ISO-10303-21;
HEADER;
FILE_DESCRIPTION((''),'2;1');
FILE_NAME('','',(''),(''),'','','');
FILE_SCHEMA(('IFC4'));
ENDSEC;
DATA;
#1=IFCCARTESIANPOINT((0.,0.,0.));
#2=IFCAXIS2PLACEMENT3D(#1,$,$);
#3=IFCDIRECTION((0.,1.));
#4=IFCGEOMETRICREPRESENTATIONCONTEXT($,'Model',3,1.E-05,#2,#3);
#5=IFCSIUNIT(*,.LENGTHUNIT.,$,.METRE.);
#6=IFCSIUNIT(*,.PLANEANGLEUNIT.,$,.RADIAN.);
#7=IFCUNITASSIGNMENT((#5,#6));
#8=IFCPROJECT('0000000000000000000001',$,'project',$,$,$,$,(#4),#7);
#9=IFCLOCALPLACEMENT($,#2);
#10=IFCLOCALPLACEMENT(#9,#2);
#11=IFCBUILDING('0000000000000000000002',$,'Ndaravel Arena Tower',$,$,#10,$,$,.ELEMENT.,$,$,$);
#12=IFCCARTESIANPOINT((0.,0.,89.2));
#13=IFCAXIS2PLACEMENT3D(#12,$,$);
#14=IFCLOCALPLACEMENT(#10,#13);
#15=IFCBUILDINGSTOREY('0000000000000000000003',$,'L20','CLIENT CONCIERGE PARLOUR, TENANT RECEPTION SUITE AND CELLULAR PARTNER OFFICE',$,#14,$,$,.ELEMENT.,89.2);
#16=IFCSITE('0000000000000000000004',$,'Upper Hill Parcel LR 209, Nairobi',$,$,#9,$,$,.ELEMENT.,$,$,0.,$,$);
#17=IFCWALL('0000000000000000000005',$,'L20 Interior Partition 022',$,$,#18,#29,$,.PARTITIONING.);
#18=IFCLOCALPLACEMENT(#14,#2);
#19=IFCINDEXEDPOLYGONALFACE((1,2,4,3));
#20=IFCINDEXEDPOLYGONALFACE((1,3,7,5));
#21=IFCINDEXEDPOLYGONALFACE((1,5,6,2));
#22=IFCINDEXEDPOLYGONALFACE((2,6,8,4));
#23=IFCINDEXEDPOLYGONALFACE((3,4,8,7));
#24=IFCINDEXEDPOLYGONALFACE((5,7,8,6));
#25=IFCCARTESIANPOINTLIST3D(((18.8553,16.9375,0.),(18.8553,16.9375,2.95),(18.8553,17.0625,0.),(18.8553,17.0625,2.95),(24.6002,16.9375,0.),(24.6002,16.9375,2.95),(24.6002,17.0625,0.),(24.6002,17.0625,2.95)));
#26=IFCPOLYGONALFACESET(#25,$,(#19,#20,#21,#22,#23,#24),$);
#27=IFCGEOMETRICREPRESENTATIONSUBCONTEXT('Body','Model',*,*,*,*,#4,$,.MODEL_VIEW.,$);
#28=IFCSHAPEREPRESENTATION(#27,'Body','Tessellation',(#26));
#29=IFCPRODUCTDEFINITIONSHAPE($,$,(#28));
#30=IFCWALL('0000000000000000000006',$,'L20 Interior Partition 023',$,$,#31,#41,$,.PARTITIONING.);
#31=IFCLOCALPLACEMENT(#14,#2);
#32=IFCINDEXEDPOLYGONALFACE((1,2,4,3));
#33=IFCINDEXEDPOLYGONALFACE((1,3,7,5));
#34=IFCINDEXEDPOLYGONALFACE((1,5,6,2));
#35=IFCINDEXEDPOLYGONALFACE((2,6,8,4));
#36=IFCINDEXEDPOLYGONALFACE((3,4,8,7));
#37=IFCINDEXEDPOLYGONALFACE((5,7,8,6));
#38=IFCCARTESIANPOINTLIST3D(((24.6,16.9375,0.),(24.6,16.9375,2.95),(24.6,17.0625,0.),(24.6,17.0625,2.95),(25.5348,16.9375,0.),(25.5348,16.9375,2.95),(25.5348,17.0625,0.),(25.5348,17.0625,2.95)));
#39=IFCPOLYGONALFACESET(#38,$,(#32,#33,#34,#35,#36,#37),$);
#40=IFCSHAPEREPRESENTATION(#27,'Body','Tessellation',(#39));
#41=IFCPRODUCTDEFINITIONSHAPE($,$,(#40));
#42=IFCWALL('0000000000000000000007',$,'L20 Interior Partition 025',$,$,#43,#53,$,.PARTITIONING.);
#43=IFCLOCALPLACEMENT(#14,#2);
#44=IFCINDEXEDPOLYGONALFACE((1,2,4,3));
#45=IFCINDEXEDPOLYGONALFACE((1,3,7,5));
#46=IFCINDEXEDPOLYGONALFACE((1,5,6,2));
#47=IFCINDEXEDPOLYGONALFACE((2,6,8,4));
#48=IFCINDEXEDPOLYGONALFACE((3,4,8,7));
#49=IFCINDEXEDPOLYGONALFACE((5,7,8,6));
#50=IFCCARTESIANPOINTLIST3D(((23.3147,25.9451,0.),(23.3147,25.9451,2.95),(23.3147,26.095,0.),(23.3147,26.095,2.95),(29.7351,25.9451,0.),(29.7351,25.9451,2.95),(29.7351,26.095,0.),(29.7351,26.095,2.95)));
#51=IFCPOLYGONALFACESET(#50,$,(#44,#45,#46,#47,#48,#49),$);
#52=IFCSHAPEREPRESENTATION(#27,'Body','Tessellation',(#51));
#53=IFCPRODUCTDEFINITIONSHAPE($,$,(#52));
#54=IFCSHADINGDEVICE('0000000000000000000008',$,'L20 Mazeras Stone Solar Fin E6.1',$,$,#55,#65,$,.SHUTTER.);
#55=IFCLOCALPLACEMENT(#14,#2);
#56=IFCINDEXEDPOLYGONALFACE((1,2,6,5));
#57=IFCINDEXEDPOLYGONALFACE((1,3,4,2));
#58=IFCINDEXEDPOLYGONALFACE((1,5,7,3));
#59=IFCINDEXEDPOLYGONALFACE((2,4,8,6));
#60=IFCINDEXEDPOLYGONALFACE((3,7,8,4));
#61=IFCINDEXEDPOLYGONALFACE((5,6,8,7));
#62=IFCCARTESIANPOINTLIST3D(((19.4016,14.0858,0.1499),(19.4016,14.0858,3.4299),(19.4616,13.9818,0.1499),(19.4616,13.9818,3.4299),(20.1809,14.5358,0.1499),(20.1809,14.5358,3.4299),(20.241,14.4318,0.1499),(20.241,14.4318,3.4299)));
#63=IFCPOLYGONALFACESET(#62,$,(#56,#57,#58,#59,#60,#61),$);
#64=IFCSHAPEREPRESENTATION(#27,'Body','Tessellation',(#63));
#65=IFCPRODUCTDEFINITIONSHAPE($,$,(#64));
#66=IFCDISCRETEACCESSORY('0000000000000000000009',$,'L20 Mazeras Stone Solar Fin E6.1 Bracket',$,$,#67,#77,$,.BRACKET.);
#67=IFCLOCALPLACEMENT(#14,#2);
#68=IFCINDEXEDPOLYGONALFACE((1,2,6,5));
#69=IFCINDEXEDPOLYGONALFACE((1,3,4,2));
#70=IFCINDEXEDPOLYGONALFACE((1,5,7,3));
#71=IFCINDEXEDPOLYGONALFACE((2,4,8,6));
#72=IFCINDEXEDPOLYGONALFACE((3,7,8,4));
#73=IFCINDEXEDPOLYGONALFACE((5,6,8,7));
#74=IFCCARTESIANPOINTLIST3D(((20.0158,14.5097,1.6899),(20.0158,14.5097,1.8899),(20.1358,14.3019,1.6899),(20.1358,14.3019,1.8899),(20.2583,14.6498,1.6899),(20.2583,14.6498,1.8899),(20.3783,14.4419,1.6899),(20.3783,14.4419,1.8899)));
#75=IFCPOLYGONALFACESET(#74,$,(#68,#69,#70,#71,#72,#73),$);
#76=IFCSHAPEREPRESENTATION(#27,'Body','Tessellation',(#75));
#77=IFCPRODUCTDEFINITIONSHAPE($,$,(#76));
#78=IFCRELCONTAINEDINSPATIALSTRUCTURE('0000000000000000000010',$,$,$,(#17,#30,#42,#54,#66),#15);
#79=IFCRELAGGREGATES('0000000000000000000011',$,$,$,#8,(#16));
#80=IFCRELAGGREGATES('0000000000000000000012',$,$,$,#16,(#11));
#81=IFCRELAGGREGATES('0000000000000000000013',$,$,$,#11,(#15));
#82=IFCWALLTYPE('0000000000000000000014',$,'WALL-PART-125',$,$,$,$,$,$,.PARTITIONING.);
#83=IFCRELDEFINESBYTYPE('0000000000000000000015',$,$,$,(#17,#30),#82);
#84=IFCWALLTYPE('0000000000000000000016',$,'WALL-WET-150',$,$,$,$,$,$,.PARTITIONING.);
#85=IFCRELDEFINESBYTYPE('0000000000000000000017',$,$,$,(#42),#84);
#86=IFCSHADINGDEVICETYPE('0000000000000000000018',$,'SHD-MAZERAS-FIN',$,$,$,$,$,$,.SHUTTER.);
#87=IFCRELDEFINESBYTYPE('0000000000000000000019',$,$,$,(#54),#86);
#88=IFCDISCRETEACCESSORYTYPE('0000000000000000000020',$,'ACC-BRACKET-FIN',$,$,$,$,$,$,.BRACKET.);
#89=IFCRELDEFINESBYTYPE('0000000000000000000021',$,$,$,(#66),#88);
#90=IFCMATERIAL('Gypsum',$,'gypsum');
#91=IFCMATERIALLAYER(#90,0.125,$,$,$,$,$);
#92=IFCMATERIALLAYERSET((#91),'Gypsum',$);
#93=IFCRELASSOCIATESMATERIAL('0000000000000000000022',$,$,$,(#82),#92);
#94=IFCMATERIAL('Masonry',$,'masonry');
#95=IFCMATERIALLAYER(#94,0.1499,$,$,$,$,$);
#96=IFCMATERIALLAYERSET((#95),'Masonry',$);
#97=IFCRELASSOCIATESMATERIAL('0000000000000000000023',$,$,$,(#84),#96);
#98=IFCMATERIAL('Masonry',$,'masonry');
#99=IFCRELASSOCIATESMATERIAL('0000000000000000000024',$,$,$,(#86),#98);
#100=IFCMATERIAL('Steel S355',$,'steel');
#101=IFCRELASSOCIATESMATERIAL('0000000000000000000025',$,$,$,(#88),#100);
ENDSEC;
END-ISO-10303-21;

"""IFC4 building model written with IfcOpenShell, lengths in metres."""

from ifc_helpers import new_model, si_unit, direction, frame, frame_2d, origin, origin_2d, place, context, subcontext, project, spatial, rectangle, extrude, material, layer, layer_set, type_object, element, save


model = new_model("IFC4")

# Units and contexts
model_context = context("Model", 3, precision=1e-05, world=origin(), true_north=direction((0.0, 1.0)))
body_context = subcontext(model_context, "Body", "Model", "MODEL_VIEW")
ifc_project = project(units=[si_unit("LENGTHUNIT", "METRE"), si_unit("PLANEANGLEUNIT", "RADIAN")], contexts=[model_context])

# Site, building, storey
site_placement = place(None, origin())
site = spatial("IfcSite", under=ifc_project, at=site_placement, Name="Upper Hill Parcel LR 209, Nairobi", CompositionType="ELEMENT", RefElevation=0.0)
building_placement = place(site_placement, origin())
building = spatial("IfcBuilding", under=site, at=building_placement, Name="Ndaravel Arena Tower", CompositionType="ELEMENT")
storey_placement = place(building_placement, frame((0.0, 0.0, 89.2)))
storey = spatial("IfcBuildingStorey", under=building, at=storey_placement, Name="L20", Description="CLIENT CONCIERGE PARLOUR, TENANT RECEPTION SUITE AND CELLULAR PARTNER OFFICE", CompositionType="ELEMENT", Elevation=89.2)

# Walls
ifc_material_1 = material(Name="Gypsum", Category="gypsum")
ifc_layer_1 = layer(ifc_material_1, 0.125)
ifc_layer_set_1 = layer_set([ifc_layer_1], Name="Gypsum")
wall_type_1 = type_object("IfcWallType", Name="WALL-PART-125", PredefinedType="PARTITIONING", material=ifc_layer_set_1)
wall_1_placement = place(storey_placement, frame((18.8552, 17.0, 0.0), z_axis=(0.0, 0.0, 1.0), x_axis=(1.0, 0.0, 0.0)))
element("IfcWall", 1, at=wall_1_placement, inside=storey, type_object=wall_type_1, Name="L20 Interior Partition 022", PredefinedType="PARTITIONING", context=body_context, shape_type="SweptSolid", body=[
    extrude(rectangle(XDim=5.7449, YDim=0.125, at=frame_2d((2.8726, 0.0))), origin(), (0.0, 0.0, 1.0), 2.95),
])
wall_2_placement = place(storey_placement, frame((24.6001, 17.0, 0.0), z_axis=(0.0, 0.0, 1.0), x_axis=(1.0, 0.0, 0.0)))
element("IfcWall", 2, at=wall_2_placement, inside=storey, type_object=wall_type_1, Name="L20 Interior Partition 023", PredefinedType="PARTITIONING", context=body_context, shape_type="SweptSolid", body=[
    extrude(rectangle(XDim=0.9348, YDim=0.125, at=frame_2d((0.4673, 0.0))), origin(), (0.0, 0.0, 1.0), 2.95),
])
ifc_material_2 = material(Name="Masonry", Category="masonry")
ifc_layer_2 = layer(ifc_material_2, 0.1499)
ifc_layer_set_2 = layer_set([ifc_layer_2], Name="Masonry")
wall_type_2 = type_object("IfcWallType", Name="WALL-WET-150", PredefinedType="PARTITIONING", material=ifc_layer_set_2)
wall_3_placement = place(storey_placement, frame((23.3147, 26.02, 0.0), z_axis=(0.0, 0.0, 1.0), x_axis=(1.0, 0.0, 0.0)))
element("IfcWall", 3, at=wall_3_placement, inside=storey, type_object=wall_type_2, Name="L20 Interior Partition 025", PredefinedType="PARTITIONING", context=body_context, shape_type="SweptSolid", body=[
    extrude(rectangle(XDim=6.4204, YDim=0.1499, at=frame_2d((3.2102, 0.0))), origin(), (0.0, 0.0, 1.0), 2.95),
])

# Shading device
ifc_material_3 = material(Name="Masonry", Category="masonry")
shading_device_type = type_object("IfcShadingDeviceType", Name="SHD-MAZERAS-FIN", PredefinedType="SHUTTER", material=ifc_material_3)
shading_device_placement = place(storey_placement, frame((19.8213, 14.2588, 0.1499), z_axis=(0.0, 0.0, 1.0), x_axis=(-0.866025, -0.5, 0.0)))
element("IfcShadingDevice", 4, at=shading_device_placement, inside=storey, type_object=shading_device_type, Name="L20 Mazeras Stone Solar Fin E6.1", PredefinedType="SHUTTER", context=body_context, shape_type="SweptSolid", body=[
    extrude(rectangle(XDim=0.8999, YDim=0.1201, at=origin_2d()), origin(), (0.0, 0.0, 1.0), 3.28),
])

# Discrete accessory
ifc_material_4 = material(Name="Steel S355", Category="steel")
discrete_accessory_type = type_object("IfcDiscreteAccessoryType", Name="ACC-BRACKET-FIN", PredefinedType="BRACKET", material=ifc_material_4)
discrete_accessory_placement = place(storey_placement, frame((20.197, 14.4758, 1.6899), z_axis=(0.0, 0.0, 1.0), x_axis=(-0.866025, -0.5, 0.0)))
element("IfcDiscreteAccessory", 5, at=discrete_accessory_placement, inside=storey, type_object=discrete_accessory_type, Name="L20 Mazeras Stone Solar Fin E6.1 Bracket", PredefinedType="BRACKET", context=body_context, shape_type="SweptSolid", body=[
    extrude(rectangle(XDim=0.28, YDim=0.24, at=origin_2d()), origin(), (0.0, 0.0, 1.0), 0.2),
])

save(model, "model.ifc")
